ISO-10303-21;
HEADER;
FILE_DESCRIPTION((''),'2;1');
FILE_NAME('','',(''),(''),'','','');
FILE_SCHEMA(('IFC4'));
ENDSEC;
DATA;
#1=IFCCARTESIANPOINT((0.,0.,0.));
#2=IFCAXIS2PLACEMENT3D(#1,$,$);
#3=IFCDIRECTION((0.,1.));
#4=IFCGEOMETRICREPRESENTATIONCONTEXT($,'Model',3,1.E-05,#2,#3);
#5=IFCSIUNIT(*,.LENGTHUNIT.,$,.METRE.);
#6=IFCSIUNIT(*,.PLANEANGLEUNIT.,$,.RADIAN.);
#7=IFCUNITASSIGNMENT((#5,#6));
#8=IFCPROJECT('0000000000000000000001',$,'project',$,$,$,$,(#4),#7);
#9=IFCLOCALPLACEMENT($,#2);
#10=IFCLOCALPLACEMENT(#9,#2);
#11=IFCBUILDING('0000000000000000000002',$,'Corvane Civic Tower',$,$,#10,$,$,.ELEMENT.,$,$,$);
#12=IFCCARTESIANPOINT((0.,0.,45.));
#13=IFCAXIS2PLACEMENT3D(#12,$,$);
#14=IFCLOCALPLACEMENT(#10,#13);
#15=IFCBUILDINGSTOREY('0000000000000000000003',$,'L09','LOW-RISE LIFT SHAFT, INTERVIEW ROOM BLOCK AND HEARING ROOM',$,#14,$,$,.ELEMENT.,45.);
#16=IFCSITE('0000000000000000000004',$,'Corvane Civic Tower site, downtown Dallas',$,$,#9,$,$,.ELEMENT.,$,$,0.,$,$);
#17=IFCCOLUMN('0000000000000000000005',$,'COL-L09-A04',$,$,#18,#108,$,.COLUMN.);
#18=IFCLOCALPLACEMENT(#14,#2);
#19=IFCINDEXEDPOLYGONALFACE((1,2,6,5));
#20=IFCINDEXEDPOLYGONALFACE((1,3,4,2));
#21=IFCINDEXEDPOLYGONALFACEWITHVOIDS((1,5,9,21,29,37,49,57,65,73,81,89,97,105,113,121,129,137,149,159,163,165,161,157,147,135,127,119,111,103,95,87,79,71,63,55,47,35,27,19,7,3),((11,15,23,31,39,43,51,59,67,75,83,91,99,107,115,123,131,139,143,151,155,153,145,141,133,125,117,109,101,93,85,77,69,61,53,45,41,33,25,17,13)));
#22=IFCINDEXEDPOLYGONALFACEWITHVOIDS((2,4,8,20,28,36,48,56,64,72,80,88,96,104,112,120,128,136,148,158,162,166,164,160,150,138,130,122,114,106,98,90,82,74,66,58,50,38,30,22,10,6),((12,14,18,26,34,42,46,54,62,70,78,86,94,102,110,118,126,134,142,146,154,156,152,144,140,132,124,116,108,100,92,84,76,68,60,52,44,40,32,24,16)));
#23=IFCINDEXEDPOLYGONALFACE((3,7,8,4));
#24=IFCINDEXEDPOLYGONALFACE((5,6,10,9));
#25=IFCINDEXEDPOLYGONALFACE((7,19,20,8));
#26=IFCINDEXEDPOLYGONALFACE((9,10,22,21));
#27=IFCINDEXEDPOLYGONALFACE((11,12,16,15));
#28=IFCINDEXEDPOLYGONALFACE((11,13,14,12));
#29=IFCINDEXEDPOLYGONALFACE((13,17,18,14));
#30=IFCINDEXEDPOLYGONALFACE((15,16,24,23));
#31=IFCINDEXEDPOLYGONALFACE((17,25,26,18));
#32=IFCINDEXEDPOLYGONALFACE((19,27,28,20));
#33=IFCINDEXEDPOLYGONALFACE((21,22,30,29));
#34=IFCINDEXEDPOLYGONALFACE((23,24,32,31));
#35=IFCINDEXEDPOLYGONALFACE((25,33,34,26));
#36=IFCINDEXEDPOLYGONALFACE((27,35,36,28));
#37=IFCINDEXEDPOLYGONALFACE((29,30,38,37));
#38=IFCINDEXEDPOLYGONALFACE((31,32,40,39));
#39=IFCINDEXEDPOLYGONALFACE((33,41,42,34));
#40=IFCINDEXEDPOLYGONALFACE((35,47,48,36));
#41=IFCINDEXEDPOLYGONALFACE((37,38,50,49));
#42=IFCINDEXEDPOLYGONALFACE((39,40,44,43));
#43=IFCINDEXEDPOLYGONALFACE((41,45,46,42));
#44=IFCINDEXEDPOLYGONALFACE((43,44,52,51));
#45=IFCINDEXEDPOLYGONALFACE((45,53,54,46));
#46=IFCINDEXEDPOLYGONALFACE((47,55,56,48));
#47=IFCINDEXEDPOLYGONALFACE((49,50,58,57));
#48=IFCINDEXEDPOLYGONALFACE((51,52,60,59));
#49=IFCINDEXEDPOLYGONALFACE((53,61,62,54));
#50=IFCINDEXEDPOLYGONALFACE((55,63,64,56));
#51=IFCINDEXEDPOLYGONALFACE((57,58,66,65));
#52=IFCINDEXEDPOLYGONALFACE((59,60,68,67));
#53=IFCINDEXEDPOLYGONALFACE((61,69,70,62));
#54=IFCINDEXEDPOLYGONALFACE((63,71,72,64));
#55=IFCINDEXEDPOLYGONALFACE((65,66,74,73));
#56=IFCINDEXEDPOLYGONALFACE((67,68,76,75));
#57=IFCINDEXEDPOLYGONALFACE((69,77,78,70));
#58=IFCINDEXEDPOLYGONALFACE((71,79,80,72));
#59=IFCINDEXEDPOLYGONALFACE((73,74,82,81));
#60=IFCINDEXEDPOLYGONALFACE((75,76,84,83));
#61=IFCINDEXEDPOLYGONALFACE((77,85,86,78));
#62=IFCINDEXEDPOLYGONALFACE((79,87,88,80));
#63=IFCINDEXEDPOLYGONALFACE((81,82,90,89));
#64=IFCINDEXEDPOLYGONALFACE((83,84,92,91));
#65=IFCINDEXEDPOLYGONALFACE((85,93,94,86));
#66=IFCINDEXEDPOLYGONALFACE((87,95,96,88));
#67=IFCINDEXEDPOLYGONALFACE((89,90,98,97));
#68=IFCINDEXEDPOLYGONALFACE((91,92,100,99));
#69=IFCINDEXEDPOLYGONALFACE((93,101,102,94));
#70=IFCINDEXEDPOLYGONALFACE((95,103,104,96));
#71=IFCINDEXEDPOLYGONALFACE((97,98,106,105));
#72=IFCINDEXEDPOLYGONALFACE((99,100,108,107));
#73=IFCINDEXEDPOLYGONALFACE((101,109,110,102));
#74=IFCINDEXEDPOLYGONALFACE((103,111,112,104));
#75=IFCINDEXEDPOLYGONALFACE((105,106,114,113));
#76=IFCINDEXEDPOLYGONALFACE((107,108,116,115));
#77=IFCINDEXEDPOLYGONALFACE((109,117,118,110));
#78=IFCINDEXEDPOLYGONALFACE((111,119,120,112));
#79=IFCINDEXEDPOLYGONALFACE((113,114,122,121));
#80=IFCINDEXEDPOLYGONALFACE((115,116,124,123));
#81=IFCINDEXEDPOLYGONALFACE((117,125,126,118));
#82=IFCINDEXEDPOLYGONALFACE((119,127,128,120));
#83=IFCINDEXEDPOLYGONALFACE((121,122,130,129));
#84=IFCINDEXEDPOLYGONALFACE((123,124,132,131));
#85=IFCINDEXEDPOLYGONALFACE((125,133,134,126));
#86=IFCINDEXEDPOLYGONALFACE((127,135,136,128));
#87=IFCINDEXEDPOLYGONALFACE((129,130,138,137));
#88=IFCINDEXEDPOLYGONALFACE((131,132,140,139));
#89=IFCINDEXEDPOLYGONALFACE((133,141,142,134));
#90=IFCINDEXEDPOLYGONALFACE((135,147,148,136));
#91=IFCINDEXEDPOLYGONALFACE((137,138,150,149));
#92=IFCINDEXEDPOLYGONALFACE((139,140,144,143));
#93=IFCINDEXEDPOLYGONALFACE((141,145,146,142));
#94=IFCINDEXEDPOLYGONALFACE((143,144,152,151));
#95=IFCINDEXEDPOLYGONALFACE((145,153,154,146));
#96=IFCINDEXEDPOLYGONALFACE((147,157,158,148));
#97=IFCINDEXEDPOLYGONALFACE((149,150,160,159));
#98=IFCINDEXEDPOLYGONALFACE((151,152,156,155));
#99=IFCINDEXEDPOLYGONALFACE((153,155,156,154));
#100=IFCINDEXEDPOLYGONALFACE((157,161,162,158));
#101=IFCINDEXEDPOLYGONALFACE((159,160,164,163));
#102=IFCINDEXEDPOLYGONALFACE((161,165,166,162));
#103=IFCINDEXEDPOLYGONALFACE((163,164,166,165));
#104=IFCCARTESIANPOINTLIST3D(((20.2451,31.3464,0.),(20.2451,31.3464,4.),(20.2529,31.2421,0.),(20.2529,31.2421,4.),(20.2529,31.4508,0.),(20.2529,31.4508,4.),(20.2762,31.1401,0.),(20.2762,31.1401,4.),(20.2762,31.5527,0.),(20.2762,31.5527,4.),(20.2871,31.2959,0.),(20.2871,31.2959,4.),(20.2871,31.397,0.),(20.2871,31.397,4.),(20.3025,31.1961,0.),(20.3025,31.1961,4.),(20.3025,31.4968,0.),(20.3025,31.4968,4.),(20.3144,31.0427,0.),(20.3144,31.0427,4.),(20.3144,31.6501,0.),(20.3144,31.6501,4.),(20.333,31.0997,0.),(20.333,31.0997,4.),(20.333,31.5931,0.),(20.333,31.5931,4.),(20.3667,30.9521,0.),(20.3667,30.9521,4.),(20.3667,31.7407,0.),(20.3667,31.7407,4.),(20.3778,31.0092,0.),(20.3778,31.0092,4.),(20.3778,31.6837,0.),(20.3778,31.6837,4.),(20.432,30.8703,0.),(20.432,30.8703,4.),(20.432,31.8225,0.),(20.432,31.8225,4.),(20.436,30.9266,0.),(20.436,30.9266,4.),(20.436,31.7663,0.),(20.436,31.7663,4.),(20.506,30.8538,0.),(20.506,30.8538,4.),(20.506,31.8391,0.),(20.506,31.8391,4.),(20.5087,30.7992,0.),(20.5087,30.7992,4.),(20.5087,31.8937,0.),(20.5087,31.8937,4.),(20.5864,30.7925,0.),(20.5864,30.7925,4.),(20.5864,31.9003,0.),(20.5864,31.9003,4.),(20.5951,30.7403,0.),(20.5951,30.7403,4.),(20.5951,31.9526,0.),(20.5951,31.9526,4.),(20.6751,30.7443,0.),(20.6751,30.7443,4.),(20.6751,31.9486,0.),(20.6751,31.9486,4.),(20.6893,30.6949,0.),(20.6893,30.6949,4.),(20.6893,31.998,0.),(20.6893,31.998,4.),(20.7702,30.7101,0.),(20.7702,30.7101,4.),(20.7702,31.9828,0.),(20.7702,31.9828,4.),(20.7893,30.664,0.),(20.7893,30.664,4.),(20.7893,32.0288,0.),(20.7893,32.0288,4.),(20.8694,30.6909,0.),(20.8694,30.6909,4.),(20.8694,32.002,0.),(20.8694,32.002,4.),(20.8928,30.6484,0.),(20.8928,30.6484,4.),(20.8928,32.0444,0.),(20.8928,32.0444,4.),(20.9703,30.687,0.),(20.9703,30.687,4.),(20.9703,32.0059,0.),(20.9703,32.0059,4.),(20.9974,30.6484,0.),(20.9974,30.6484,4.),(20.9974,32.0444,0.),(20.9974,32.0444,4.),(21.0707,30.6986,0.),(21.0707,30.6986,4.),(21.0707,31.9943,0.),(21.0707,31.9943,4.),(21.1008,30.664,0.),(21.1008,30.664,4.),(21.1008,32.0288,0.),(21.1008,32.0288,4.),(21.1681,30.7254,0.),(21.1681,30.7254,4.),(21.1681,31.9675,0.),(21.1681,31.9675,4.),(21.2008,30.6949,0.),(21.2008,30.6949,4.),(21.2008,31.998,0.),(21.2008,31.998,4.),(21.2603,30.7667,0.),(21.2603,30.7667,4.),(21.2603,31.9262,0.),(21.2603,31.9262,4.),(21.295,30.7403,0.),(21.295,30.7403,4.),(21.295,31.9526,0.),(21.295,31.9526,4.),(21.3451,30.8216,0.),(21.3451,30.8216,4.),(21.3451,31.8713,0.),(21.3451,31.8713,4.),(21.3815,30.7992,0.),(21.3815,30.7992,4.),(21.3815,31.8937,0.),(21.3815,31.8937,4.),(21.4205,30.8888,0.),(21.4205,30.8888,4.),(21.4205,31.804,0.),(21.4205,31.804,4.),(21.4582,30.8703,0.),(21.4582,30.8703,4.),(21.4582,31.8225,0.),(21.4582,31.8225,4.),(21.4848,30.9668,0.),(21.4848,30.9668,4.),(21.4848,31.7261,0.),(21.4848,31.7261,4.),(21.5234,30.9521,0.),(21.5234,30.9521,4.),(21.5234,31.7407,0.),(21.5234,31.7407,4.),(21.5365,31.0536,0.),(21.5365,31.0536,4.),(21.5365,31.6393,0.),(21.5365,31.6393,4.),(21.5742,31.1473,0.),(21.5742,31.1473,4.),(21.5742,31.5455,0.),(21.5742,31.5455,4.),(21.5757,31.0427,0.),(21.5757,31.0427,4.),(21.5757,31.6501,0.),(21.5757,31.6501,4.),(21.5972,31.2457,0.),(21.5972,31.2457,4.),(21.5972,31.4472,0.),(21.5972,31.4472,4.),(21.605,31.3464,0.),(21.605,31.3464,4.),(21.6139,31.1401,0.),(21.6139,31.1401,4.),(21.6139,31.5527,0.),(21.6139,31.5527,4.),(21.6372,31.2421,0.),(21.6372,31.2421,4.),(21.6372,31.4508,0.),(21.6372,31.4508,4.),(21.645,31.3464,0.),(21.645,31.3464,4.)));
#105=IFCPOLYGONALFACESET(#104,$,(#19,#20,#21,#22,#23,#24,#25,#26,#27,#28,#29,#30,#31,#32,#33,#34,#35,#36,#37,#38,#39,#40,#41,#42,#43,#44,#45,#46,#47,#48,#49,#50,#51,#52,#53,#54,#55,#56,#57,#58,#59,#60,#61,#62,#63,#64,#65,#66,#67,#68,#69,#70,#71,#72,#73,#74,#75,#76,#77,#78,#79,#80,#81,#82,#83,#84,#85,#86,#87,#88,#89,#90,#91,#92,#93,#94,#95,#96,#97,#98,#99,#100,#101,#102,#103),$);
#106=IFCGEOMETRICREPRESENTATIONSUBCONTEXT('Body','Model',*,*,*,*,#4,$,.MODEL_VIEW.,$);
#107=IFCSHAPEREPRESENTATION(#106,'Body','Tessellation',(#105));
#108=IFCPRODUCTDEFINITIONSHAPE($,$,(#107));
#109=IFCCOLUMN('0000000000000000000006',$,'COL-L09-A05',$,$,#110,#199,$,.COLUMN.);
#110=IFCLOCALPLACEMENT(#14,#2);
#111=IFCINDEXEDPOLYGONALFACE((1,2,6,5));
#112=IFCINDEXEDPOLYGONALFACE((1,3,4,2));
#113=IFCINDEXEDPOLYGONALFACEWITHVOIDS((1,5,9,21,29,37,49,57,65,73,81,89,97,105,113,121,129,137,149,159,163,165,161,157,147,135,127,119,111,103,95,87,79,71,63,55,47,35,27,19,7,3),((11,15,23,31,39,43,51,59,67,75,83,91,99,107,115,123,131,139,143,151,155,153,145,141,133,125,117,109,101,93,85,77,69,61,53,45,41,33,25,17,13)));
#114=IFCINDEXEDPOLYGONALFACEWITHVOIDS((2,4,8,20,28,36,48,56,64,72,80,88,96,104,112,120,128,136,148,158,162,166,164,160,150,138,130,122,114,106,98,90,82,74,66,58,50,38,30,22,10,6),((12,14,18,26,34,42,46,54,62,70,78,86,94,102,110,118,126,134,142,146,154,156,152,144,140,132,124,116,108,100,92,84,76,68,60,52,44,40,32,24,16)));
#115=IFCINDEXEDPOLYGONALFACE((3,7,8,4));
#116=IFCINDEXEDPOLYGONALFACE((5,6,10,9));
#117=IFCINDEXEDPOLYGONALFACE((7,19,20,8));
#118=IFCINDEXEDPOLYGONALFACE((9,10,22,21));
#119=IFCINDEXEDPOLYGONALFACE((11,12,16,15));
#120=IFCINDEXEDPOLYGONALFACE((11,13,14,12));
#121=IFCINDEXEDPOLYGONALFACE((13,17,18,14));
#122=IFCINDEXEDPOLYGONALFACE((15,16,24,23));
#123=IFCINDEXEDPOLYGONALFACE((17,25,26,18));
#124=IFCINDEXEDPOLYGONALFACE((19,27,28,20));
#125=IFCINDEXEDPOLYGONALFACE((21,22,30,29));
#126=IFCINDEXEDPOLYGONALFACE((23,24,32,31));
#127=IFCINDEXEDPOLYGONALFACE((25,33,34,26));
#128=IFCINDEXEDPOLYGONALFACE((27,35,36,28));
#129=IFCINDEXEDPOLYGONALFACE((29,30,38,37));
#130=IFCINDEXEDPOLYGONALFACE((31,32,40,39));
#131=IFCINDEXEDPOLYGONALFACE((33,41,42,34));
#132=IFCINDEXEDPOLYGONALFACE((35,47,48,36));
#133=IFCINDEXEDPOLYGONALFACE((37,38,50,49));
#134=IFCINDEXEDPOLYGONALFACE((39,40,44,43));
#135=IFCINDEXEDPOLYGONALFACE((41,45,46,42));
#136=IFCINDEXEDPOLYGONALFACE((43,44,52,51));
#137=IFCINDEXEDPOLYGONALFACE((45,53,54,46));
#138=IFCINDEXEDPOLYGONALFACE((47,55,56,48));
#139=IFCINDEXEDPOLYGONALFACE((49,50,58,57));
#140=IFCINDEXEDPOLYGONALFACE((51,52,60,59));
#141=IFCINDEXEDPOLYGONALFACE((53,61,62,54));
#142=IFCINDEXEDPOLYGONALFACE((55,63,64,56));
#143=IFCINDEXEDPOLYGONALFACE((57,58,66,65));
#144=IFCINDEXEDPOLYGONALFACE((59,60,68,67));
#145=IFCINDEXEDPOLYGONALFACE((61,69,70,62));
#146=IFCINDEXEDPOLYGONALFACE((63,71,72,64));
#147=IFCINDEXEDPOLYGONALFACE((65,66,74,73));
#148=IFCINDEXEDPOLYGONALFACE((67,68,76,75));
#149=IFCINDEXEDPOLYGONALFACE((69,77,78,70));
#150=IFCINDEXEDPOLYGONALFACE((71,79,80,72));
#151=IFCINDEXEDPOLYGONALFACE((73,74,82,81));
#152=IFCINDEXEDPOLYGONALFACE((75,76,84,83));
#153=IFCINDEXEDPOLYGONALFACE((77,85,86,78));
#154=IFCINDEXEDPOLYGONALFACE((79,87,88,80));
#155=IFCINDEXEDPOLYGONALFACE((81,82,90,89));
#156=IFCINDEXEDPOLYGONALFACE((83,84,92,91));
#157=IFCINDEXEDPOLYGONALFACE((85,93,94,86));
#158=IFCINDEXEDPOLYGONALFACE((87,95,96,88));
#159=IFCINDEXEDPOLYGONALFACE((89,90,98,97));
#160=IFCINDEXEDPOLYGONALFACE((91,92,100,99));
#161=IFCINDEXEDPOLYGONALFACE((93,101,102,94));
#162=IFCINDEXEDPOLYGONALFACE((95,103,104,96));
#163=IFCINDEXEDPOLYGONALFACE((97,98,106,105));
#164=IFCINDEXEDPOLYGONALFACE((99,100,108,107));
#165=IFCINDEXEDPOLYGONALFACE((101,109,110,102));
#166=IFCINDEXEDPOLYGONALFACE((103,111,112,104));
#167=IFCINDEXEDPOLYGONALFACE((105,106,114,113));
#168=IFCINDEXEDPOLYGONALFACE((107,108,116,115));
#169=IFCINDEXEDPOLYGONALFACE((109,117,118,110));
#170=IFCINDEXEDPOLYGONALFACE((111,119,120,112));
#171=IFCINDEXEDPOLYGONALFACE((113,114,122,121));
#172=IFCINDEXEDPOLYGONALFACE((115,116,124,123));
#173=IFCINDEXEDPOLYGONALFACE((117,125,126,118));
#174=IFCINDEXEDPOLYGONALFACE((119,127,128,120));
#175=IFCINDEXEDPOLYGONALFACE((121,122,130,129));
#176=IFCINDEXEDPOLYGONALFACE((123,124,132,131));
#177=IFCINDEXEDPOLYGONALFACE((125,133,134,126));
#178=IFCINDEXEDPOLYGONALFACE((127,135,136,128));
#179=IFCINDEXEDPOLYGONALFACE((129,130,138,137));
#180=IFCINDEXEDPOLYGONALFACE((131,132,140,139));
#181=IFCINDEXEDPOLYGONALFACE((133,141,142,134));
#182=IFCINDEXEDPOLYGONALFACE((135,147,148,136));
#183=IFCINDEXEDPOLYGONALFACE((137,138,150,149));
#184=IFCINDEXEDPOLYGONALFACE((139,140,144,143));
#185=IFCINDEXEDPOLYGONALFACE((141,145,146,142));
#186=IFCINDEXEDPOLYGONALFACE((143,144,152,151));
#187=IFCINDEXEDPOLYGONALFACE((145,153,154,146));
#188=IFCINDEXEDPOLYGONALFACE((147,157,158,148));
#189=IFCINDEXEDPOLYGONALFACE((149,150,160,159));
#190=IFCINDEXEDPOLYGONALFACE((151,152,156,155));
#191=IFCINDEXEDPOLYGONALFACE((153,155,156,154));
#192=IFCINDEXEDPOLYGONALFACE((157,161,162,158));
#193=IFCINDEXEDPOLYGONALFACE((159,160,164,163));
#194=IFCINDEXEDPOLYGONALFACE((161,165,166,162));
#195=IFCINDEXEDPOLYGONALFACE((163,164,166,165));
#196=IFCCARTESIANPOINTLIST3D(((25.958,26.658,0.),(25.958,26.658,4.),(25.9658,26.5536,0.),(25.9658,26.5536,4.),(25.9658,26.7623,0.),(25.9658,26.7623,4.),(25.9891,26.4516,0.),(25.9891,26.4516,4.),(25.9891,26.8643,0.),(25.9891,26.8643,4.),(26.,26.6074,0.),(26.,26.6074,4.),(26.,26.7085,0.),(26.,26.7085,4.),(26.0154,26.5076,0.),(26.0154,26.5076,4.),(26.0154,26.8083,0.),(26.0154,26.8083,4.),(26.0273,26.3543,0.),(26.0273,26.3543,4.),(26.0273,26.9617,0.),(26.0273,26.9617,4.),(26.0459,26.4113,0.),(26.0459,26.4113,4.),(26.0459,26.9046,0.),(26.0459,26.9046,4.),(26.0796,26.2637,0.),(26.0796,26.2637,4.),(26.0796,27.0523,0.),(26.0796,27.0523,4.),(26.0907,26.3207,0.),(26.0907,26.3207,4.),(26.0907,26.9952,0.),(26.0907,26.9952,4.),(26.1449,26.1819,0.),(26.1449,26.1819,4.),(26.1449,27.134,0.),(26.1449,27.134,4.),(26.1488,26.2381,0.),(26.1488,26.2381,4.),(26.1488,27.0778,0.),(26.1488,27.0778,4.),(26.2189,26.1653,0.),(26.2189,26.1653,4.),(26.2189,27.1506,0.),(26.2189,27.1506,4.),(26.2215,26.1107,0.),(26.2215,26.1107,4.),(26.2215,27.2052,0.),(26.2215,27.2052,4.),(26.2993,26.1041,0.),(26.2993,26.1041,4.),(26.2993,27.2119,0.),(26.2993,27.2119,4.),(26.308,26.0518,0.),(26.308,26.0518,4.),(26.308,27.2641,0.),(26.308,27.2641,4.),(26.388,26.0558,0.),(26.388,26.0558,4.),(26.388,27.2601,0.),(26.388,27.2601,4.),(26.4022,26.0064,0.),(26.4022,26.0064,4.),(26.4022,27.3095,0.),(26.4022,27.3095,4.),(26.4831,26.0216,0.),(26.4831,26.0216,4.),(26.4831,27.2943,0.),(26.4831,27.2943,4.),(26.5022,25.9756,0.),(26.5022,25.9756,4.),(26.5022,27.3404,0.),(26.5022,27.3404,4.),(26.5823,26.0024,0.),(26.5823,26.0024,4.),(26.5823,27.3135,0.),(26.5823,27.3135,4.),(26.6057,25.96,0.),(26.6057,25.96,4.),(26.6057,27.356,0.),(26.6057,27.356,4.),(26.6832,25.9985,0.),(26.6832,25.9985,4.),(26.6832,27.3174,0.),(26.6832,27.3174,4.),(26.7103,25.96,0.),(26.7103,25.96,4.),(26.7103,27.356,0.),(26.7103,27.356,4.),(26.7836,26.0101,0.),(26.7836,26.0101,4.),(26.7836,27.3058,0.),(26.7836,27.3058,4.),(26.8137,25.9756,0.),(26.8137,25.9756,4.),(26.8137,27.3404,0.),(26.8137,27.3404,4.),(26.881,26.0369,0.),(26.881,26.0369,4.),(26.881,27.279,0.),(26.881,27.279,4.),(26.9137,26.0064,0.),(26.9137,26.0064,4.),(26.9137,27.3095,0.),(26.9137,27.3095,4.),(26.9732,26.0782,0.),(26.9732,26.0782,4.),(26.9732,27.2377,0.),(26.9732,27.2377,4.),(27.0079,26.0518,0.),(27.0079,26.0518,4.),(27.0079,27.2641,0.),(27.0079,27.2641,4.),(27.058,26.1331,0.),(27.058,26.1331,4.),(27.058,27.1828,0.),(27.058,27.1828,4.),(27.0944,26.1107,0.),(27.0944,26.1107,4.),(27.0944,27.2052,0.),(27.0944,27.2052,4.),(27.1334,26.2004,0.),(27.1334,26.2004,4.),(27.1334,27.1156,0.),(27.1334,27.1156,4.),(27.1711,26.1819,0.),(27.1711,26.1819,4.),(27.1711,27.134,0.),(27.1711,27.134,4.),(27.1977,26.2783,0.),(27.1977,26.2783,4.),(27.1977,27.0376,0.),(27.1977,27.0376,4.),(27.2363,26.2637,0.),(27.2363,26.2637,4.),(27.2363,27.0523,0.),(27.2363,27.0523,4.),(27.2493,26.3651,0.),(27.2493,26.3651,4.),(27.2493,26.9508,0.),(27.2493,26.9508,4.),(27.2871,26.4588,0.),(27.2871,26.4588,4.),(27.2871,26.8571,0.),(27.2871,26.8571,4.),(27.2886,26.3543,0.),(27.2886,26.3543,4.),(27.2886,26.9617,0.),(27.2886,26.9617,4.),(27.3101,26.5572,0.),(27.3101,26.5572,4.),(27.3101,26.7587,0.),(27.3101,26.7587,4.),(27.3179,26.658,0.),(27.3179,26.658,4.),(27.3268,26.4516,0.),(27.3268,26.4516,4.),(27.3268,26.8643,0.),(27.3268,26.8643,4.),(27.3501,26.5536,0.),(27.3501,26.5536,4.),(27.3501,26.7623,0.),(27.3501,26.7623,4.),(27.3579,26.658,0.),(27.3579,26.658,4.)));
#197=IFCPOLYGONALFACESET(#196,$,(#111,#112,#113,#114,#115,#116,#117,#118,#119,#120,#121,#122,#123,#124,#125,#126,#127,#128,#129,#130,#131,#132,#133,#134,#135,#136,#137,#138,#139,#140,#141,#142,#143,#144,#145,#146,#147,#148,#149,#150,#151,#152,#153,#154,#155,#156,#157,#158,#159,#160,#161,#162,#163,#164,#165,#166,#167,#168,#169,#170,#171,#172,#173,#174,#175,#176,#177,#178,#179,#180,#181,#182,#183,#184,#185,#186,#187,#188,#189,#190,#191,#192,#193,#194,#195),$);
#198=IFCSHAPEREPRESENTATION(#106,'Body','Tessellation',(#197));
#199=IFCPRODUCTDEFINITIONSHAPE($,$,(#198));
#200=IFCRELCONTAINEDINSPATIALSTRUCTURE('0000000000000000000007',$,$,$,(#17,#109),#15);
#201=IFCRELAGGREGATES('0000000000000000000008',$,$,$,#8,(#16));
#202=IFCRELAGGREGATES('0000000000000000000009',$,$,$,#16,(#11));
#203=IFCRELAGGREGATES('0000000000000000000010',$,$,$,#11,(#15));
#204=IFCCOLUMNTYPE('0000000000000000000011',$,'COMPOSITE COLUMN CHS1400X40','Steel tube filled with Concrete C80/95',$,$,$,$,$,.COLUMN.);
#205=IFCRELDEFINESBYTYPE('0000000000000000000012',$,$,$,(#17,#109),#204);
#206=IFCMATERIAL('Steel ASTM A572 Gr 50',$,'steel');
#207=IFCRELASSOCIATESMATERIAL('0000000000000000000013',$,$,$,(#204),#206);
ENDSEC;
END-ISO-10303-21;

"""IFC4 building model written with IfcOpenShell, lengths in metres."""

from ifc_helpers import new_model, si_unit, direction, frame, origin, origin_2d, place, context, subcontext, project, spatial, hollow_circle, extrude, material, material_profile, profile_set, type_object, element, save


model = new_model("IFC4")

# Units and contexts
model_context = context("Model", 3, precision=1e-05, world=origin(), true_north=direction((0.0, 1.0)))
body_context = subcontext(model_context, "Body", "Model", "MODEL_VIEW")
ifc_project = project(units=[si_unit("LENGTHUNIT", "METRE"), si_unit("PLANEANGLEUNIT", "RADIAN")], contexts=[model_context])

# Site, building, storey
site_placement = place(None, origin())
site = spatial("IfcSite", under=ifc_project, at=site_placement, Name="Corvane Civic Tower site, downtown Dallas", CompositionType="ELEMENT", RefElevation=0.0)
building_placement = place(site_placement, origin())
building = spatial("IfcBuilding", under=site, at=building_placement, Name="Corvane Civic Tower", CompositionType="ELEMENT")
storey_placement = place(building_placement, frame((0.0, 0.0, 45.0)))
storey = spatial("IfcBuildingStorey", under=building, at=storey_placement, Name="L09", Description="LOW-RISE LIFT SHAFT, INTERVIEW ROOM BLOCK AND HEARING ROOM", CompositionType="ELEMENT", Elevation=45.0)

# Columns
ifc_material_1 = material(Name="Steel ASTM A572 Gr 50", Category="steel")
ifc_material_profile_1 = material_profile(ifc_material_1, hollow_circle(Radius=0.7, WallThickness=0.04, at=origin_2d()), Name="CHS1400X40")
ifc_profile_set_1 = profile_set([ifc_material_profile_1], Name="Steel ASTM A572 Gr 50")
column_type = type_object("IfcColumnType", Name="COMPOSITE COLUMN CHS1400X40", Description="Steel tube filled with Concrete C80/95", PredefinedType="COLUMN", material=ifc_profile_set_1)
for number, where, z_axis, x_axis, name in (
    (1, (20.9451, 31.3464, 0.0), (0.0, 0.0, 1.0), (1.0, 0.0, 0.0), "COL-L09-A04"),
    (2, (26.658, 26.658, 0.0), (0.0, 0.0, 1.0), (1.0, 0.0, 0.0), "COL-L09-A05"),
):
    element("IfcColumn", number, at=place(storey_placement, frame(where, z_axis=z_axis, x_axis=x_axis)), inside=storey, type_object=column_type, Name=name, PredefinedType="COLUMN", context=body_context, shape_type="SweptSolid", body=[
        extrude(hollow_circle(Radius=0.7, WallThickness=0.04, at=origin_2d()), origin(), (0.0, 0.0, 1.0), 4.0),
    ])

save(model, "model.ifc")
